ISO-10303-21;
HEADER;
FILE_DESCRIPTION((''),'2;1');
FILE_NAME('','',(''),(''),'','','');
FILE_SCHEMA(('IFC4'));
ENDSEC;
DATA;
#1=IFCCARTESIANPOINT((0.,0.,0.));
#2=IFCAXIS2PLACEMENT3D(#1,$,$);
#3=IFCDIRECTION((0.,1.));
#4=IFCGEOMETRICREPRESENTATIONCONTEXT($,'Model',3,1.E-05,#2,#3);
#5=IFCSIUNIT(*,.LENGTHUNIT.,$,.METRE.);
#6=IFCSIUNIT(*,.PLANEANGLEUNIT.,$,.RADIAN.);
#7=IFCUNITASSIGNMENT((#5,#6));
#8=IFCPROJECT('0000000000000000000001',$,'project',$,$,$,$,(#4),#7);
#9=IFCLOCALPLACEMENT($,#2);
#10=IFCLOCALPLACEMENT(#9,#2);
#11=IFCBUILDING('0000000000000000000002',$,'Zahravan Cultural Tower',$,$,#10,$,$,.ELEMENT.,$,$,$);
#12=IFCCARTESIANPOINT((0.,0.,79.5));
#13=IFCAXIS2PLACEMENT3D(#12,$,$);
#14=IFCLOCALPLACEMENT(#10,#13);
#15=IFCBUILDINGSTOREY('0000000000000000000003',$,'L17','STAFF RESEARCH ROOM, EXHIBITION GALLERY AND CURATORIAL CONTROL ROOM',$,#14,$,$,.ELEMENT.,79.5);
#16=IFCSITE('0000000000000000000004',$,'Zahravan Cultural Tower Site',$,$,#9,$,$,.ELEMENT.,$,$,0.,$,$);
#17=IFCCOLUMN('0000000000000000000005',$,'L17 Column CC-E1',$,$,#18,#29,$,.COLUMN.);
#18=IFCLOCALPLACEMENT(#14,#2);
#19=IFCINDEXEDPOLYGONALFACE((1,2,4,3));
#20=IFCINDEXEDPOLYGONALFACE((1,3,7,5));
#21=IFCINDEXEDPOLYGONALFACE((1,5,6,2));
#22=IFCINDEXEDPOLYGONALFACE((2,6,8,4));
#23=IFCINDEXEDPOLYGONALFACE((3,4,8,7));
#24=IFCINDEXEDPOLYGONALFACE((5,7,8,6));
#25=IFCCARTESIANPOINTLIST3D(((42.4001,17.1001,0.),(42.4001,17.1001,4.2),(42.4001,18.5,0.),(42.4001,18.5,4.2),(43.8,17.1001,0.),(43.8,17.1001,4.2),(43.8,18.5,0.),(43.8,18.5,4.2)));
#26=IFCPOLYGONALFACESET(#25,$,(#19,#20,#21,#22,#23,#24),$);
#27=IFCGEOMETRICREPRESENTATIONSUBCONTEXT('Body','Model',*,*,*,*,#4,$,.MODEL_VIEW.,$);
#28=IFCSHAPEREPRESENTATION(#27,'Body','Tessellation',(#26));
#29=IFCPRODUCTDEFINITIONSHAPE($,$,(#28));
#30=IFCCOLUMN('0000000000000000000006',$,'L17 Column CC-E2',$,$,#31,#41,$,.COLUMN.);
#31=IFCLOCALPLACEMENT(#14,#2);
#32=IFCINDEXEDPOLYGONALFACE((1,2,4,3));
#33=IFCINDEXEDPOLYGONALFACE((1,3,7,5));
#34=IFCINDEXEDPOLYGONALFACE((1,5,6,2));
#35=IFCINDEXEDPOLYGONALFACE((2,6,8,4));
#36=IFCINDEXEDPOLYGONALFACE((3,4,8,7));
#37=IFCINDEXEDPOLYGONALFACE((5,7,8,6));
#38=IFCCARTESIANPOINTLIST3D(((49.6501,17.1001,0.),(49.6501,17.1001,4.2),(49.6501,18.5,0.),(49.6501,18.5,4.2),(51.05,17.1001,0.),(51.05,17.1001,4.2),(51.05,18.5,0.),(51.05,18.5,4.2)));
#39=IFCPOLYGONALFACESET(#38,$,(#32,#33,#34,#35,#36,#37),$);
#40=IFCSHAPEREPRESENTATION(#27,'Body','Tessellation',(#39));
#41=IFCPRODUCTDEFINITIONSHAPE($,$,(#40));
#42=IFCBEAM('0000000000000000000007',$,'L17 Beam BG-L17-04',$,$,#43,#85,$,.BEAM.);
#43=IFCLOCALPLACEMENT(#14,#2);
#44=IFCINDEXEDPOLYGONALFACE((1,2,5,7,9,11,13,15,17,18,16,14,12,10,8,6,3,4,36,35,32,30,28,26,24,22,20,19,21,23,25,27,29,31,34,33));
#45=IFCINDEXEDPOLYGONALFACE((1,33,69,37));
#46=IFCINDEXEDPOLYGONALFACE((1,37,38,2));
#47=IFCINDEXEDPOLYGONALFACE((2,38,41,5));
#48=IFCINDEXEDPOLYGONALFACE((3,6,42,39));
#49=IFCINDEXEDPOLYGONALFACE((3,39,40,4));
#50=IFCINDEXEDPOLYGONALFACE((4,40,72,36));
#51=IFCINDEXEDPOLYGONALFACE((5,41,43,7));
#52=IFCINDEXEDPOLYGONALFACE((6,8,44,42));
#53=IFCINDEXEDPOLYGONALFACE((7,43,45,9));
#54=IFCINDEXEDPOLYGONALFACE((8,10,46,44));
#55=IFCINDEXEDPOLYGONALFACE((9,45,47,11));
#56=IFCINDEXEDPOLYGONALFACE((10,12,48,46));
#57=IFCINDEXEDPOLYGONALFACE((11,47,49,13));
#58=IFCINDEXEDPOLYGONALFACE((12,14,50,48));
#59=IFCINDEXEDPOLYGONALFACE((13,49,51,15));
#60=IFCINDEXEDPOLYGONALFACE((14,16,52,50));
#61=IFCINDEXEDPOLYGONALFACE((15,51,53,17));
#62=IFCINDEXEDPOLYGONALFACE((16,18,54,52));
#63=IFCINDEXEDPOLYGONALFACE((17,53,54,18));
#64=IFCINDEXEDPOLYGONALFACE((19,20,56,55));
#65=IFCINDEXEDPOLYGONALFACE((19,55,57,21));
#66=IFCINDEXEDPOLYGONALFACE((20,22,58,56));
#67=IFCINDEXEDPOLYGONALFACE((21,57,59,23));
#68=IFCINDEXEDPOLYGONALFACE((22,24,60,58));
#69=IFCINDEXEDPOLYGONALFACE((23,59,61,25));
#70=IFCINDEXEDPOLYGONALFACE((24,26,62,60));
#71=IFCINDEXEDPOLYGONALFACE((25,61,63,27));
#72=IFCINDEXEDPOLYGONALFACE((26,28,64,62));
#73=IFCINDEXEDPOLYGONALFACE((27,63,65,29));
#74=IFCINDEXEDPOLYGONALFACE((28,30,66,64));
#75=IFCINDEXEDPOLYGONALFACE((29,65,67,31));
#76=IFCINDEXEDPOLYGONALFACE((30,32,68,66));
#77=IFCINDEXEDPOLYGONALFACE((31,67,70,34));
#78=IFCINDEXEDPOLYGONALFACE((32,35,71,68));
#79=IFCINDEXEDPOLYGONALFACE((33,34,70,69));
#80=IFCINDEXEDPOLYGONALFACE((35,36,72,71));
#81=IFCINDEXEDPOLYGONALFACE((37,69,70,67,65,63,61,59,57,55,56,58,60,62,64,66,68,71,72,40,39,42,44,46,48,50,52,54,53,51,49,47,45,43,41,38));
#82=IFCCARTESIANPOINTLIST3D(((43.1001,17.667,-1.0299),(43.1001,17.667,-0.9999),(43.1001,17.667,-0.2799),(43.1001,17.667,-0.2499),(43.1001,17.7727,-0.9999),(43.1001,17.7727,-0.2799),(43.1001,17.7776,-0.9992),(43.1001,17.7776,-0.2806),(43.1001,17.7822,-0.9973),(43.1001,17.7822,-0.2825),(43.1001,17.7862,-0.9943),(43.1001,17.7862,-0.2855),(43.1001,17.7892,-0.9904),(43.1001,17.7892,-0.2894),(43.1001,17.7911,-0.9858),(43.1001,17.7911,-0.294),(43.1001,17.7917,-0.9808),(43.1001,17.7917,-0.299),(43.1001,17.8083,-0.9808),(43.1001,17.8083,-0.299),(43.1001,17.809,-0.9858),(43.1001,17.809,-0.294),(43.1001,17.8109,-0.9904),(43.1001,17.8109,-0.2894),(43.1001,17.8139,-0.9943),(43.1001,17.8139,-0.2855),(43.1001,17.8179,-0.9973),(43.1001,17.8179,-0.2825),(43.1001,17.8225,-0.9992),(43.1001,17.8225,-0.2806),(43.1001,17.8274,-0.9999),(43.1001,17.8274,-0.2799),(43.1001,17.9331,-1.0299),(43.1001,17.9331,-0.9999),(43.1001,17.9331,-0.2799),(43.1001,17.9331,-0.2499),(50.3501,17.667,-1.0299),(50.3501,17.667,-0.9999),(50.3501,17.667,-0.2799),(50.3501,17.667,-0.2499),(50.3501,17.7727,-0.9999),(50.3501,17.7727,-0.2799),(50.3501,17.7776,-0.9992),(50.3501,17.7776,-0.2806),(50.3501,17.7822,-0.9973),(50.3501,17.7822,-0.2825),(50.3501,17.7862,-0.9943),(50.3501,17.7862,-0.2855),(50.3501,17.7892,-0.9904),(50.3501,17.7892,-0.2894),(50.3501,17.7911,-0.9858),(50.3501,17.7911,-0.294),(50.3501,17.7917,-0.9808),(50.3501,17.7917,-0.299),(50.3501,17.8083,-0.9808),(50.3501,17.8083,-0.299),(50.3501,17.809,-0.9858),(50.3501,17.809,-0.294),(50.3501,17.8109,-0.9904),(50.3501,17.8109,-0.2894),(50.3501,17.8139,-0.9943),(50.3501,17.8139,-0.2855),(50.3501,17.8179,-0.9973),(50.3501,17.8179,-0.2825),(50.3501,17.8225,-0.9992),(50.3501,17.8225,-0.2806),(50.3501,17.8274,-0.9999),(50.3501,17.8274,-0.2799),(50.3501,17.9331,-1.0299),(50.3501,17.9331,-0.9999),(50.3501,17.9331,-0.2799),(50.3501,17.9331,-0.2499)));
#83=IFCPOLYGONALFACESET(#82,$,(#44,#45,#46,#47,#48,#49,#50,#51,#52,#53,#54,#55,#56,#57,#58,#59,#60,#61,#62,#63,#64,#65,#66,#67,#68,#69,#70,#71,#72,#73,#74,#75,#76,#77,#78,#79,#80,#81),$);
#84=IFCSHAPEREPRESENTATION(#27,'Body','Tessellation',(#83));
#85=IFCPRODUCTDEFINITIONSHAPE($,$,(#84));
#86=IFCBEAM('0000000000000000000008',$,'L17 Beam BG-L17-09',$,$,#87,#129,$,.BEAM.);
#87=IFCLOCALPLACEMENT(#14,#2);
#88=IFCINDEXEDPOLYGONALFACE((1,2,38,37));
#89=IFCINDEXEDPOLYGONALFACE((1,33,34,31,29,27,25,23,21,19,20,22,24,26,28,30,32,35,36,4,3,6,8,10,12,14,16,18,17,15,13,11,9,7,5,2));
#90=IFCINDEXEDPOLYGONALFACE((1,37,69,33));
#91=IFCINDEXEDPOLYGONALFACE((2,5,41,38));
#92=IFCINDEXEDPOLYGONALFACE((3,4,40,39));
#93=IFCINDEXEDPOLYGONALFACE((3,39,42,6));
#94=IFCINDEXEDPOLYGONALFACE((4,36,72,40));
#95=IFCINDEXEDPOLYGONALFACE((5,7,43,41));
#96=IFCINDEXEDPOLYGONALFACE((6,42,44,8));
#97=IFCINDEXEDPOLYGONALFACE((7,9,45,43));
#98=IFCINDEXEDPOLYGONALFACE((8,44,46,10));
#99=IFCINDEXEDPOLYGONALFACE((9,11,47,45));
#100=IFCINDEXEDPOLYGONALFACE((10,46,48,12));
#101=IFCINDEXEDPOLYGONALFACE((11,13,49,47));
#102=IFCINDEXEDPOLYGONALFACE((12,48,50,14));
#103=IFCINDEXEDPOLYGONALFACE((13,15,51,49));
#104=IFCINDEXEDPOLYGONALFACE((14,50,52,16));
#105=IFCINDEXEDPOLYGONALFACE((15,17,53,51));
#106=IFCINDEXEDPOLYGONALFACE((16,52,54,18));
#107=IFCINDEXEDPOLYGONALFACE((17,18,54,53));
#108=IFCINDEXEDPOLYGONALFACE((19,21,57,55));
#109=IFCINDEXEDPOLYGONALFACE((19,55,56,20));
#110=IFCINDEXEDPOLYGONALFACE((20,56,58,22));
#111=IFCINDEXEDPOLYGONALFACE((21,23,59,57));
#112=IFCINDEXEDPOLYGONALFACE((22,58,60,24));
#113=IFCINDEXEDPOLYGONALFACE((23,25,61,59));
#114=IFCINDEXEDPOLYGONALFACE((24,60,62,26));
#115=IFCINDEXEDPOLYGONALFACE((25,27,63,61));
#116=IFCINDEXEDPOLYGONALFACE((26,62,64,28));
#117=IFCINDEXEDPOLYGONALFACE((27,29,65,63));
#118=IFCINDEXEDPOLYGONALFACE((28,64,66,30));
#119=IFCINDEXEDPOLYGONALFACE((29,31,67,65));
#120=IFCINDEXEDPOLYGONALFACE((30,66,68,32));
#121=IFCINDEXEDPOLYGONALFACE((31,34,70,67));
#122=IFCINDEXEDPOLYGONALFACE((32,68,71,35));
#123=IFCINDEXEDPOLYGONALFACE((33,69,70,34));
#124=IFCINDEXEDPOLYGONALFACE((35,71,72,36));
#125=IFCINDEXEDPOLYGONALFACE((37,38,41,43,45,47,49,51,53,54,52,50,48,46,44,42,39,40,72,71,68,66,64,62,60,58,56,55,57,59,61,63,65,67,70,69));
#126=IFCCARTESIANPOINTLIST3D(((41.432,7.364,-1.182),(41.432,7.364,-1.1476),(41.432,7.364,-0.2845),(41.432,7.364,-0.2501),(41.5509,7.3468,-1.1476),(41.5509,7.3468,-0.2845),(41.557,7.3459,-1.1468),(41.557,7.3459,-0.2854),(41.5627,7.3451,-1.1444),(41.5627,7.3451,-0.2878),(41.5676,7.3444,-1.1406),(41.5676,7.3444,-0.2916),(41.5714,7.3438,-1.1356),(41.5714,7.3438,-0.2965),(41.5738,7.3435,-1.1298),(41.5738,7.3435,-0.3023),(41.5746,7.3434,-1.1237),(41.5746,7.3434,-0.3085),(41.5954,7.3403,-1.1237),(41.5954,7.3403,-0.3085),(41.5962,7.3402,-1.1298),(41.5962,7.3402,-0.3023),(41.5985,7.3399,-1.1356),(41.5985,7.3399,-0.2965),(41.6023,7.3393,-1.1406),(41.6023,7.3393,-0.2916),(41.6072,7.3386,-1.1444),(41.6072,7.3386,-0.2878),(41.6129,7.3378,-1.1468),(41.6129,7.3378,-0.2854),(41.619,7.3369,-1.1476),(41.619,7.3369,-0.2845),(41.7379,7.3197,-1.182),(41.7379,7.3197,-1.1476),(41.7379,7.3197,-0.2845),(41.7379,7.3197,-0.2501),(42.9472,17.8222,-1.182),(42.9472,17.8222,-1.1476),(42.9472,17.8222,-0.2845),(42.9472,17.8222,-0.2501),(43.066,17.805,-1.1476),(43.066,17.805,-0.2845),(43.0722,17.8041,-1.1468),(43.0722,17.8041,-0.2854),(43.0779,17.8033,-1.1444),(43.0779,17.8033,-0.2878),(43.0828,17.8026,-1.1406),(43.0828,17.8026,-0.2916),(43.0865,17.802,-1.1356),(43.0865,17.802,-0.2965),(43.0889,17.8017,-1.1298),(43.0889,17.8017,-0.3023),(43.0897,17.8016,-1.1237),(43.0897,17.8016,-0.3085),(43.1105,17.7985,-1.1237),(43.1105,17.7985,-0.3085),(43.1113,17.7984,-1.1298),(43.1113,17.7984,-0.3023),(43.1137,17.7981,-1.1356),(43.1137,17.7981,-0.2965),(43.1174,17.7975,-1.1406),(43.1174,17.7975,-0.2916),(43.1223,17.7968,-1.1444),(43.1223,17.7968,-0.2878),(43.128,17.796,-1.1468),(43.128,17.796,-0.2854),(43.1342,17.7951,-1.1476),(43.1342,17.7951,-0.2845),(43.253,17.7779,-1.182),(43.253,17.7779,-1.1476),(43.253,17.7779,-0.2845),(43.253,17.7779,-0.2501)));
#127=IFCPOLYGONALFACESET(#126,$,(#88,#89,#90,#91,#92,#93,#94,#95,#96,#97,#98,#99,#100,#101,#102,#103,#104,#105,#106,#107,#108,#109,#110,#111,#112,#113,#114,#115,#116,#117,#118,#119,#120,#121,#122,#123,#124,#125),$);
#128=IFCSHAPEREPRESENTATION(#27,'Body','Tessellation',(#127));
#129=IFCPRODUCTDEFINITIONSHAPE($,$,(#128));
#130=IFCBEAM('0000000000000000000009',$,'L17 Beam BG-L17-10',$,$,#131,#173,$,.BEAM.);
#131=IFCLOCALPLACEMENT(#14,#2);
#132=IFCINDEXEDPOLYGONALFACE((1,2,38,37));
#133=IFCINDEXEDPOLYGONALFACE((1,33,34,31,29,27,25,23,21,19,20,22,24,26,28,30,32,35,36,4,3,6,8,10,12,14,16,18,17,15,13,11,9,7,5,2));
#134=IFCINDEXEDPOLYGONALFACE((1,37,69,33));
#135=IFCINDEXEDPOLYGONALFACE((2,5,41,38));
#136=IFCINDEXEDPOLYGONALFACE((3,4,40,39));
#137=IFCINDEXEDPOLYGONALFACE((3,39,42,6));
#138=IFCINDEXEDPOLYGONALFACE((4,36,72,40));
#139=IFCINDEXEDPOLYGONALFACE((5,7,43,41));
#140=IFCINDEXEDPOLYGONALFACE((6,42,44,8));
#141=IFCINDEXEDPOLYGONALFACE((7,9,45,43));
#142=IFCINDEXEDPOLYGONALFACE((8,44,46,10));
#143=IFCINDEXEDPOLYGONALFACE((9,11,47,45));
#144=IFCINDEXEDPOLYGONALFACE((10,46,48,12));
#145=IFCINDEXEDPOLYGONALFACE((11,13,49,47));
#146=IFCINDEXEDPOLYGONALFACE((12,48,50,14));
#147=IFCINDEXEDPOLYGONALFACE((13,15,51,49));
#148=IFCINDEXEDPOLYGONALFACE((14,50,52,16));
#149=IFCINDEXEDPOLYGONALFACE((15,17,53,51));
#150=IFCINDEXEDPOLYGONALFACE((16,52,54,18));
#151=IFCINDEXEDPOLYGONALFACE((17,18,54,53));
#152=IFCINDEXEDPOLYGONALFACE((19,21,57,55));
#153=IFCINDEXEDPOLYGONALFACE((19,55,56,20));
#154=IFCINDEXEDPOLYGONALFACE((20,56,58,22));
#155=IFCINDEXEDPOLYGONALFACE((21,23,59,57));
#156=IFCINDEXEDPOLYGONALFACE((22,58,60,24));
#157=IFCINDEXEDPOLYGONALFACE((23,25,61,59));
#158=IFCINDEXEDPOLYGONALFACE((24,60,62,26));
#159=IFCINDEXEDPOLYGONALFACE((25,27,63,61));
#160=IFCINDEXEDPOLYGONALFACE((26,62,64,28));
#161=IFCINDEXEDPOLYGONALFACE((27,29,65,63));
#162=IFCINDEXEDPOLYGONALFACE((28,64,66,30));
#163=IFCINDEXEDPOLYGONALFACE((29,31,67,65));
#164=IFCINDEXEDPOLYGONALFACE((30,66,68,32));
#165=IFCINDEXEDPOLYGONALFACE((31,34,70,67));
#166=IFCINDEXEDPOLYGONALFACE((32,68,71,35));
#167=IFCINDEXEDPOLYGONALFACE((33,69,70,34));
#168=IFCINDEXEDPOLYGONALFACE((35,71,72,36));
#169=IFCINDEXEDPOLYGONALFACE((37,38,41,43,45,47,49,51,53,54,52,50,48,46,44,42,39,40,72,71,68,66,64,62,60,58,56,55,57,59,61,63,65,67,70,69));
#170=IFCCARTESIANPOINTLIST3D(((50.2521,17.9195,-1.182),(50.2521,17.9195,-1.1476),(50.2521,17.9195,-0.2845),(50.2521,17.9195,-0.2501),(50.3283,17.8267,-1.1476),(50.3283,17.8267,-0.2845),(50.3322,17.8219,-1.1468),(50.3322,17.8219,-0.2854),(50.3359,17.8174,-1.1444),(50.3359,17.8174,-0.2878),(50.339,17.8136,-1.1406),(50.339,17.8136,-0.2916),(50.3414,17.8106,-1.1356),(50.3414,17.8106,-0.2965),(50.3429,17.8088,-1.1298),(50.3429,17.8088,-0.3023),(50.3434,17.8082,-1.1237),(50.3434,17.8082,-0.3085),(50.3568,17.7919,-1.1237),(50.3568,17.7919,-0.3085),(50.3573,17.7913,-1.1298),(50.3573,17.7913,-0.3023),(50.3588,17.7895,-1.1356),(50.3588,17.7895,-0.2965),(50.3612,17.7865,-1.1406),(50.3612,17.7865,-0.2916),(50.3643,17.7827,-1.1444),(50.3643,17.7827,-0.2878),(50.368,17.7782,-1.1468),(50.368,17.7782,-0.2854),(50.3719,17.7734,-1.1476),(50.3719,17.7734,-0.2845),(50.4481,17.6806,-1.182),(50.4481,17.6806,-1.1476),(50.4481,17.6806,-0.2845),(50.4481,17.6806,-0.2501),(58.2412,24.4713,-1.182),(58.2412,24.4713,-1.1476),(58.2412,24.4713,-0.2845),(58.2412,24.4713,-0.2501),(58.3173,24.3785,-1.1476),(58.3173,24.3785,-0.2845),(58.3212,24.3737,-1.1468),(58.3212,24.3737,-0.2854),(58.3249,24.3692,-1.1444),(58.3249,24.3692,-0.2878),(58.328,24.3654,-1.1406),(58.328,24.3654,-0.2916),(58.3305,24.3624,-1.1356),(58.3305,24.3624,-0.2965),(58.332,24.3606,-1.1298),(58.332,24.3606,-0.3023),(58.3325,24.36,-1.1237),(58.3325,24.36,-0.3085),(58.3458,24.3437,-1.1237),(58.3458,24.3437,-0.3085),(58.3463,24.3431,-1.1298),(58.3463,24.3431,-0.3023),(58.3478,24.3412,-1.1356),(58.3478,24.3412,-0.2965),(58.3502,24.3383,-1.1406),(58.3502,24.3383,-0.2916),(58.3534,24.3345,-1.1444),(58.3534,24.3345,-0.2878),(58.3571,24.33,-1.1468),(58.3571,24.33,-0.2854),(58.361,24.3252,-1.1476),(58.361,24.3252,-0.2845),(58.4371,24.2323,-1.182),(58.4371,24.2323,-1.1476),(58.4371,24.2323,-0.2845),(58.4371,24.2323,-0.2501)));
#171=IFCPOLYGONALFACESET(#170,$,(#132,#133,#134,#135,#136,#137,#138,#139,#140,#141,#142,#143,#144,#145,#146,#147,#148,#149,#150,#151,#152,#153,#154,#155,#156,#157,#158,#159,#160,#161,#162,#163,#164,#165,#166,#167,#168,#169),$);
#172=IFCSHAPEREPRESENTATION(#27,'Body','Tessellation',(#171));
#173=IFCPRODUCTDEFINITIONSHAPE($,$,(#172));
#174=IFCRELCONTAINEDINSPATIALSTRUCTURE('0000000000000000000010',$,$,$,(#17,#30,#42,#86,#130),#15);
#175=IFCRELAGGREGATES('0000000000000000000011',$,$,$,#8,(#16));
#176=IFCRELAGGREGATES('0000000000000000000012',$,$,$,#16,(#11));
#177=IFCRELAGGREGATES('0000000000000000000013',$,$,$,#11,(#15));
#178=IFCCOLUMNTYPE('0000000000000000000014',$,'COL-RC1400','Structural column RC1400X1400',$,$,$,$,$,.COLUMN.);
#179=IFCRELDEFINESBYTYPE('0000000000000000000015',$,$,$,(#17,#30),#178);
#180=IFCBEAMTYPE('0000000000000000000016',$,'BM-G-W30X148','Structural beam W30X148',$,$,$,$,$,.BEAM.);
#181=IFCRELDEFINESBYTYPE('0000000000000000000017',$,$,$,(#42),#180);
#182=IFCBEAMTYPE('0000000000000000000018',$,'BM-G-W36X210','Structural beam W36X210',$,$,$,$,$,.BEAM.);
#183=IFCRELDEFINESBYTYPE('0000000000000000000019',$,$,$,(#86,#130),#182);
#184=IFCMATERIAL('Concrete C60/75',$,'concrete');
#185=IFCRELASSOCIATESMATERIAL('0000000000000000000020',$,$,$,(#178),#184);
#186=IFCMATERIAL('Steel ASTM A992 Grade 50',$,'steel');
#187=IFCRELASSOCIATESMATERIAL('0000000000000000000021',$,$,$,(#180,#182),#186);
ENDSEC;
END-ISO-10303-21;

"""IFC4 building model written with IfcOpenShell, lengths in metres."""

from ifc_helpers import new_model, si_unit, direction, frame, origin, origin_2d, place, context, subcontext, project, spatial, rectangle, i_section, extrude, source, transform, mapped, material, material_profile, profile_set, type_object, element, save


model = new_model("IFC4")

# Units and contexts
model_context = context("Model", 3, precision=1e-05, world=origin(), true_north=direction((0.0, 1.0)))
body_context = subcontext(model_context, "Body", "Model", "MODEL_VIEW")
ifc_project = project(units=[si_unit("LENGTHUNIT", "METRE"), si_unit("PLANEANGLEUNIT", "RADIAN")], contexts=[model_context])

# Site, building, storey
site_placement = place(None, origin())
site = spatial("IfcSite", under=ifc_project, at=site_placement, Name="Zahravan Cultural Tower Site", CompositionType="ELEMENT", RefElevation=0.0)
building_placement = place(site_placement, origin())
building = spatial("IfcBuilding", under=site, at=building_placement, Name="Zahravan Cultural Tower", CompositionType="ELEMENT")
storey_placement = place(building_placement, frame((0.0, 0.0, 79.5)))
storey = spatial("IfcBuildingStorey", under=building, at=storey_placement, Name="L17", Description="STAFF RESEARCH ROOM, EXHIBITION GALLERY AND CURATORIAL CONTROL ROOM", CompositionType="ELEMENT", Elevation=79.5)

# Columns
ifc_material_1 = material(Name="Concrete C60/75", Category="concrete")
ifc_material_profile_1 = material_profile(ifc_material_1, rectangle(XDim=1.3999, YDim=1.3999, at=origin_2d()), Name="RC1400X1400")
ifc_profile_set_1 = profile_set([ifc_material_profile_1], Name="Concrete C60/75")
column_type = type_object("IfcColumnType", Name="COL-RC1400", Description="Structural column RC1400X1400", PredefinedType="COLUMN", material=ifc_profile_set_1)
shared_shape_1 = source(origin(), body_context, "Body", "SweptSolid", [
    extrude(rectangle(XDim=1.3999, YDim=1.3999, at=origin_2d()), origin(), (0.0, 0.0, 1.0), 4.2),
])
for number, where, z_axis, x_axis, name in (
    (1, (43.1001, 17.8, 0.0), (0.0, 0.0, 1.0), (1.0, 0.0, 0.0), "L17 Column CC-E1"),
    (2, (50.3501, 17.8, 0.0), (0.0, 0.0, 1.0), (1.0, 0.0, 0.0), "L17 Column CC-E2"),
):
    element("IfcColumn", number, at=place(storey_placement, frame(where, z_axis=z_axis, x_axis=x_axis)), inside=storey, type_object=column_type, Name=name, PredefinedType="COLUMN", context=body_context, shape_type="MappedRepresentation", body=[
        mapped(shared_shape_1, transform((0.0, 0.0, 0.0), x_axis=(1.0, 0.0, 0.0), y_axis=(0.0, 1.0, 0.0), z_axis=(0.0, 0.0, 1.0), scale=1.0)),
    ])

# Beams
ifc_material_2 = material(Name="Steel ASTM A992 Grade 50", Category="steel")
ifc_material_profile_2 = material_profile(ifc_material_2, i_section(OverallWidth=0.2661, OverallDepth=0.78, WebThickness=0.0166, FlangeThickness=0.03, FilletRadius=0.019, at=origin_2d()), Name="W30X148")
ifc_profile_set_2 = profile_set([ifc_material_profile_2], Name="Steel ASTM A992 Grade 50")
beam_type_1 = type_object("IfcBeamType", Name="BM-G-W30X148", Description="Structural beam W30X148", PredefinedType="BEAM", material=ifc_profile_set_2)
shared_shape_2 = source(origin(), body_context, "Body", "SweptSolid", [
    extrude(i_section(OverallWidth=0.2661, OverallDepth=0.78, WebThickness=0.0166, FlangeThickness=0.03, FilletRadius=0.019, at=origin_2d()), origin(), (0.0, 0.0, 1.0), 7.25),
])
beam_1_placement = place(storey_placement, frame((43.1001, 17.8, -0.6399), z_axis=(1.0, 0.0, 0.0), x_axis=(0.0, 1.0, 0.0)))
element("IfcBeam", 3, at=beam_1_placement, inside=storey, type_object=beam_type_1, Name="L17 Beam BG-L17-04", PredefinedType="BEAM", context=body_context, shape_type="MappedRepresentation", body=[
    mapped(shared_shape_2, transform((0.0, 0.0, 0.0), x_axis=(1.0, 0.0, 0.0), y_axis=(0.0, 1.0, 0.0), z_axis=(0.0, 0.0, 1.0), scale=1.0)),
])
ifc_material_profile_3 = material_profile(ifc_material_2, i_section(OverallWidth=0.3091, OverallDepth=0.9319, WebThickness=0.021, FlangeThickness=0.0344, FilletRadius=0.0239, at=origin_2d()), Name="W36X210")
ifc_profile_set_3 = profile_set([ifc_material_profile_3], Name="Steel ASTM A992 Grade 50")
beam_type_2 = type_object("IfcBeamType", Name="BM-G-W36X210", Description="Structural beam W36X210", PredefinedType="BEAM", material=ifc_profile_set_3)
shared_shape_3 = source(origin(), body_context, "Body", "SweptSolid", [
    extrude(i_section(OverallWidth=0.3091, OverallDepth=0.9319, WebThickness=0.021, FlangeThickness=0.0344, FilletRadius=0.0239, at=origin_2d()), origin(), (0.0, 0.0, 1.0), 10.5674),
])
beam_2_placement = place(storey_placement, frame((43.1001, 17.8, -0.7161), z_axis=(-0.143378, -0.989668, 0.0), x_axis=(0.989668, -0.143378, 0.0)))
element("IfcBeam", 4, at=beam_2_placement, inside=storey, type_object=beam_type_2, Name="L17 Beam BG-L17-09", PredefinedType="BEAM", context=body_context, shape_type="MappedRepresentation", body=[
    mapped(shared_shape_3, transform((0.0, 0.0, 0.0), x_axis=(1.0, 0.0, 0.0), y_axis=(0.0, 1.0, 0.0), z_axis=(0.0, 0.0, 1.0), scale=1.0)),
])
shared_shape_4 = source(origin(), body_context, "Body", "SweptSolid", [
    extrude(i_section(OverallWidth=0.3091, OverallDepth=0.9319, WebThickness=0.021, FlangeThickness=0.0344, FilletRadius=0.0239, at=origin_2d()), origin(), (0.0, 0.0, 1.0), 10.332),
])
beam_3_placement = place(storey_placement, frame((50.3501, 17.8, -0.7161), z_axis=(0.773231, 0.634124, 0.0), x_axis=(-0.634124, 0.773231, 0.0)))
element("IfcBeam", 5, at=beam_3_placement, inside=storey, type_object=beam_type_2, Name="L17 Beam BG-L17-10", PredefinedType="BEAM", context=body_context, shape_type="MappedRepresentation", body=[
    mapped(shared_shape_4, transform((0.0, 0.0, 0.0), x_axis=(1.0, 0.0, 0.0), y_axis=(0.0, 1.0, 0.0), z_axis=(0.0, 0.0, 1.0), scale=1.0)),
])

save(model, "model.ifc")
